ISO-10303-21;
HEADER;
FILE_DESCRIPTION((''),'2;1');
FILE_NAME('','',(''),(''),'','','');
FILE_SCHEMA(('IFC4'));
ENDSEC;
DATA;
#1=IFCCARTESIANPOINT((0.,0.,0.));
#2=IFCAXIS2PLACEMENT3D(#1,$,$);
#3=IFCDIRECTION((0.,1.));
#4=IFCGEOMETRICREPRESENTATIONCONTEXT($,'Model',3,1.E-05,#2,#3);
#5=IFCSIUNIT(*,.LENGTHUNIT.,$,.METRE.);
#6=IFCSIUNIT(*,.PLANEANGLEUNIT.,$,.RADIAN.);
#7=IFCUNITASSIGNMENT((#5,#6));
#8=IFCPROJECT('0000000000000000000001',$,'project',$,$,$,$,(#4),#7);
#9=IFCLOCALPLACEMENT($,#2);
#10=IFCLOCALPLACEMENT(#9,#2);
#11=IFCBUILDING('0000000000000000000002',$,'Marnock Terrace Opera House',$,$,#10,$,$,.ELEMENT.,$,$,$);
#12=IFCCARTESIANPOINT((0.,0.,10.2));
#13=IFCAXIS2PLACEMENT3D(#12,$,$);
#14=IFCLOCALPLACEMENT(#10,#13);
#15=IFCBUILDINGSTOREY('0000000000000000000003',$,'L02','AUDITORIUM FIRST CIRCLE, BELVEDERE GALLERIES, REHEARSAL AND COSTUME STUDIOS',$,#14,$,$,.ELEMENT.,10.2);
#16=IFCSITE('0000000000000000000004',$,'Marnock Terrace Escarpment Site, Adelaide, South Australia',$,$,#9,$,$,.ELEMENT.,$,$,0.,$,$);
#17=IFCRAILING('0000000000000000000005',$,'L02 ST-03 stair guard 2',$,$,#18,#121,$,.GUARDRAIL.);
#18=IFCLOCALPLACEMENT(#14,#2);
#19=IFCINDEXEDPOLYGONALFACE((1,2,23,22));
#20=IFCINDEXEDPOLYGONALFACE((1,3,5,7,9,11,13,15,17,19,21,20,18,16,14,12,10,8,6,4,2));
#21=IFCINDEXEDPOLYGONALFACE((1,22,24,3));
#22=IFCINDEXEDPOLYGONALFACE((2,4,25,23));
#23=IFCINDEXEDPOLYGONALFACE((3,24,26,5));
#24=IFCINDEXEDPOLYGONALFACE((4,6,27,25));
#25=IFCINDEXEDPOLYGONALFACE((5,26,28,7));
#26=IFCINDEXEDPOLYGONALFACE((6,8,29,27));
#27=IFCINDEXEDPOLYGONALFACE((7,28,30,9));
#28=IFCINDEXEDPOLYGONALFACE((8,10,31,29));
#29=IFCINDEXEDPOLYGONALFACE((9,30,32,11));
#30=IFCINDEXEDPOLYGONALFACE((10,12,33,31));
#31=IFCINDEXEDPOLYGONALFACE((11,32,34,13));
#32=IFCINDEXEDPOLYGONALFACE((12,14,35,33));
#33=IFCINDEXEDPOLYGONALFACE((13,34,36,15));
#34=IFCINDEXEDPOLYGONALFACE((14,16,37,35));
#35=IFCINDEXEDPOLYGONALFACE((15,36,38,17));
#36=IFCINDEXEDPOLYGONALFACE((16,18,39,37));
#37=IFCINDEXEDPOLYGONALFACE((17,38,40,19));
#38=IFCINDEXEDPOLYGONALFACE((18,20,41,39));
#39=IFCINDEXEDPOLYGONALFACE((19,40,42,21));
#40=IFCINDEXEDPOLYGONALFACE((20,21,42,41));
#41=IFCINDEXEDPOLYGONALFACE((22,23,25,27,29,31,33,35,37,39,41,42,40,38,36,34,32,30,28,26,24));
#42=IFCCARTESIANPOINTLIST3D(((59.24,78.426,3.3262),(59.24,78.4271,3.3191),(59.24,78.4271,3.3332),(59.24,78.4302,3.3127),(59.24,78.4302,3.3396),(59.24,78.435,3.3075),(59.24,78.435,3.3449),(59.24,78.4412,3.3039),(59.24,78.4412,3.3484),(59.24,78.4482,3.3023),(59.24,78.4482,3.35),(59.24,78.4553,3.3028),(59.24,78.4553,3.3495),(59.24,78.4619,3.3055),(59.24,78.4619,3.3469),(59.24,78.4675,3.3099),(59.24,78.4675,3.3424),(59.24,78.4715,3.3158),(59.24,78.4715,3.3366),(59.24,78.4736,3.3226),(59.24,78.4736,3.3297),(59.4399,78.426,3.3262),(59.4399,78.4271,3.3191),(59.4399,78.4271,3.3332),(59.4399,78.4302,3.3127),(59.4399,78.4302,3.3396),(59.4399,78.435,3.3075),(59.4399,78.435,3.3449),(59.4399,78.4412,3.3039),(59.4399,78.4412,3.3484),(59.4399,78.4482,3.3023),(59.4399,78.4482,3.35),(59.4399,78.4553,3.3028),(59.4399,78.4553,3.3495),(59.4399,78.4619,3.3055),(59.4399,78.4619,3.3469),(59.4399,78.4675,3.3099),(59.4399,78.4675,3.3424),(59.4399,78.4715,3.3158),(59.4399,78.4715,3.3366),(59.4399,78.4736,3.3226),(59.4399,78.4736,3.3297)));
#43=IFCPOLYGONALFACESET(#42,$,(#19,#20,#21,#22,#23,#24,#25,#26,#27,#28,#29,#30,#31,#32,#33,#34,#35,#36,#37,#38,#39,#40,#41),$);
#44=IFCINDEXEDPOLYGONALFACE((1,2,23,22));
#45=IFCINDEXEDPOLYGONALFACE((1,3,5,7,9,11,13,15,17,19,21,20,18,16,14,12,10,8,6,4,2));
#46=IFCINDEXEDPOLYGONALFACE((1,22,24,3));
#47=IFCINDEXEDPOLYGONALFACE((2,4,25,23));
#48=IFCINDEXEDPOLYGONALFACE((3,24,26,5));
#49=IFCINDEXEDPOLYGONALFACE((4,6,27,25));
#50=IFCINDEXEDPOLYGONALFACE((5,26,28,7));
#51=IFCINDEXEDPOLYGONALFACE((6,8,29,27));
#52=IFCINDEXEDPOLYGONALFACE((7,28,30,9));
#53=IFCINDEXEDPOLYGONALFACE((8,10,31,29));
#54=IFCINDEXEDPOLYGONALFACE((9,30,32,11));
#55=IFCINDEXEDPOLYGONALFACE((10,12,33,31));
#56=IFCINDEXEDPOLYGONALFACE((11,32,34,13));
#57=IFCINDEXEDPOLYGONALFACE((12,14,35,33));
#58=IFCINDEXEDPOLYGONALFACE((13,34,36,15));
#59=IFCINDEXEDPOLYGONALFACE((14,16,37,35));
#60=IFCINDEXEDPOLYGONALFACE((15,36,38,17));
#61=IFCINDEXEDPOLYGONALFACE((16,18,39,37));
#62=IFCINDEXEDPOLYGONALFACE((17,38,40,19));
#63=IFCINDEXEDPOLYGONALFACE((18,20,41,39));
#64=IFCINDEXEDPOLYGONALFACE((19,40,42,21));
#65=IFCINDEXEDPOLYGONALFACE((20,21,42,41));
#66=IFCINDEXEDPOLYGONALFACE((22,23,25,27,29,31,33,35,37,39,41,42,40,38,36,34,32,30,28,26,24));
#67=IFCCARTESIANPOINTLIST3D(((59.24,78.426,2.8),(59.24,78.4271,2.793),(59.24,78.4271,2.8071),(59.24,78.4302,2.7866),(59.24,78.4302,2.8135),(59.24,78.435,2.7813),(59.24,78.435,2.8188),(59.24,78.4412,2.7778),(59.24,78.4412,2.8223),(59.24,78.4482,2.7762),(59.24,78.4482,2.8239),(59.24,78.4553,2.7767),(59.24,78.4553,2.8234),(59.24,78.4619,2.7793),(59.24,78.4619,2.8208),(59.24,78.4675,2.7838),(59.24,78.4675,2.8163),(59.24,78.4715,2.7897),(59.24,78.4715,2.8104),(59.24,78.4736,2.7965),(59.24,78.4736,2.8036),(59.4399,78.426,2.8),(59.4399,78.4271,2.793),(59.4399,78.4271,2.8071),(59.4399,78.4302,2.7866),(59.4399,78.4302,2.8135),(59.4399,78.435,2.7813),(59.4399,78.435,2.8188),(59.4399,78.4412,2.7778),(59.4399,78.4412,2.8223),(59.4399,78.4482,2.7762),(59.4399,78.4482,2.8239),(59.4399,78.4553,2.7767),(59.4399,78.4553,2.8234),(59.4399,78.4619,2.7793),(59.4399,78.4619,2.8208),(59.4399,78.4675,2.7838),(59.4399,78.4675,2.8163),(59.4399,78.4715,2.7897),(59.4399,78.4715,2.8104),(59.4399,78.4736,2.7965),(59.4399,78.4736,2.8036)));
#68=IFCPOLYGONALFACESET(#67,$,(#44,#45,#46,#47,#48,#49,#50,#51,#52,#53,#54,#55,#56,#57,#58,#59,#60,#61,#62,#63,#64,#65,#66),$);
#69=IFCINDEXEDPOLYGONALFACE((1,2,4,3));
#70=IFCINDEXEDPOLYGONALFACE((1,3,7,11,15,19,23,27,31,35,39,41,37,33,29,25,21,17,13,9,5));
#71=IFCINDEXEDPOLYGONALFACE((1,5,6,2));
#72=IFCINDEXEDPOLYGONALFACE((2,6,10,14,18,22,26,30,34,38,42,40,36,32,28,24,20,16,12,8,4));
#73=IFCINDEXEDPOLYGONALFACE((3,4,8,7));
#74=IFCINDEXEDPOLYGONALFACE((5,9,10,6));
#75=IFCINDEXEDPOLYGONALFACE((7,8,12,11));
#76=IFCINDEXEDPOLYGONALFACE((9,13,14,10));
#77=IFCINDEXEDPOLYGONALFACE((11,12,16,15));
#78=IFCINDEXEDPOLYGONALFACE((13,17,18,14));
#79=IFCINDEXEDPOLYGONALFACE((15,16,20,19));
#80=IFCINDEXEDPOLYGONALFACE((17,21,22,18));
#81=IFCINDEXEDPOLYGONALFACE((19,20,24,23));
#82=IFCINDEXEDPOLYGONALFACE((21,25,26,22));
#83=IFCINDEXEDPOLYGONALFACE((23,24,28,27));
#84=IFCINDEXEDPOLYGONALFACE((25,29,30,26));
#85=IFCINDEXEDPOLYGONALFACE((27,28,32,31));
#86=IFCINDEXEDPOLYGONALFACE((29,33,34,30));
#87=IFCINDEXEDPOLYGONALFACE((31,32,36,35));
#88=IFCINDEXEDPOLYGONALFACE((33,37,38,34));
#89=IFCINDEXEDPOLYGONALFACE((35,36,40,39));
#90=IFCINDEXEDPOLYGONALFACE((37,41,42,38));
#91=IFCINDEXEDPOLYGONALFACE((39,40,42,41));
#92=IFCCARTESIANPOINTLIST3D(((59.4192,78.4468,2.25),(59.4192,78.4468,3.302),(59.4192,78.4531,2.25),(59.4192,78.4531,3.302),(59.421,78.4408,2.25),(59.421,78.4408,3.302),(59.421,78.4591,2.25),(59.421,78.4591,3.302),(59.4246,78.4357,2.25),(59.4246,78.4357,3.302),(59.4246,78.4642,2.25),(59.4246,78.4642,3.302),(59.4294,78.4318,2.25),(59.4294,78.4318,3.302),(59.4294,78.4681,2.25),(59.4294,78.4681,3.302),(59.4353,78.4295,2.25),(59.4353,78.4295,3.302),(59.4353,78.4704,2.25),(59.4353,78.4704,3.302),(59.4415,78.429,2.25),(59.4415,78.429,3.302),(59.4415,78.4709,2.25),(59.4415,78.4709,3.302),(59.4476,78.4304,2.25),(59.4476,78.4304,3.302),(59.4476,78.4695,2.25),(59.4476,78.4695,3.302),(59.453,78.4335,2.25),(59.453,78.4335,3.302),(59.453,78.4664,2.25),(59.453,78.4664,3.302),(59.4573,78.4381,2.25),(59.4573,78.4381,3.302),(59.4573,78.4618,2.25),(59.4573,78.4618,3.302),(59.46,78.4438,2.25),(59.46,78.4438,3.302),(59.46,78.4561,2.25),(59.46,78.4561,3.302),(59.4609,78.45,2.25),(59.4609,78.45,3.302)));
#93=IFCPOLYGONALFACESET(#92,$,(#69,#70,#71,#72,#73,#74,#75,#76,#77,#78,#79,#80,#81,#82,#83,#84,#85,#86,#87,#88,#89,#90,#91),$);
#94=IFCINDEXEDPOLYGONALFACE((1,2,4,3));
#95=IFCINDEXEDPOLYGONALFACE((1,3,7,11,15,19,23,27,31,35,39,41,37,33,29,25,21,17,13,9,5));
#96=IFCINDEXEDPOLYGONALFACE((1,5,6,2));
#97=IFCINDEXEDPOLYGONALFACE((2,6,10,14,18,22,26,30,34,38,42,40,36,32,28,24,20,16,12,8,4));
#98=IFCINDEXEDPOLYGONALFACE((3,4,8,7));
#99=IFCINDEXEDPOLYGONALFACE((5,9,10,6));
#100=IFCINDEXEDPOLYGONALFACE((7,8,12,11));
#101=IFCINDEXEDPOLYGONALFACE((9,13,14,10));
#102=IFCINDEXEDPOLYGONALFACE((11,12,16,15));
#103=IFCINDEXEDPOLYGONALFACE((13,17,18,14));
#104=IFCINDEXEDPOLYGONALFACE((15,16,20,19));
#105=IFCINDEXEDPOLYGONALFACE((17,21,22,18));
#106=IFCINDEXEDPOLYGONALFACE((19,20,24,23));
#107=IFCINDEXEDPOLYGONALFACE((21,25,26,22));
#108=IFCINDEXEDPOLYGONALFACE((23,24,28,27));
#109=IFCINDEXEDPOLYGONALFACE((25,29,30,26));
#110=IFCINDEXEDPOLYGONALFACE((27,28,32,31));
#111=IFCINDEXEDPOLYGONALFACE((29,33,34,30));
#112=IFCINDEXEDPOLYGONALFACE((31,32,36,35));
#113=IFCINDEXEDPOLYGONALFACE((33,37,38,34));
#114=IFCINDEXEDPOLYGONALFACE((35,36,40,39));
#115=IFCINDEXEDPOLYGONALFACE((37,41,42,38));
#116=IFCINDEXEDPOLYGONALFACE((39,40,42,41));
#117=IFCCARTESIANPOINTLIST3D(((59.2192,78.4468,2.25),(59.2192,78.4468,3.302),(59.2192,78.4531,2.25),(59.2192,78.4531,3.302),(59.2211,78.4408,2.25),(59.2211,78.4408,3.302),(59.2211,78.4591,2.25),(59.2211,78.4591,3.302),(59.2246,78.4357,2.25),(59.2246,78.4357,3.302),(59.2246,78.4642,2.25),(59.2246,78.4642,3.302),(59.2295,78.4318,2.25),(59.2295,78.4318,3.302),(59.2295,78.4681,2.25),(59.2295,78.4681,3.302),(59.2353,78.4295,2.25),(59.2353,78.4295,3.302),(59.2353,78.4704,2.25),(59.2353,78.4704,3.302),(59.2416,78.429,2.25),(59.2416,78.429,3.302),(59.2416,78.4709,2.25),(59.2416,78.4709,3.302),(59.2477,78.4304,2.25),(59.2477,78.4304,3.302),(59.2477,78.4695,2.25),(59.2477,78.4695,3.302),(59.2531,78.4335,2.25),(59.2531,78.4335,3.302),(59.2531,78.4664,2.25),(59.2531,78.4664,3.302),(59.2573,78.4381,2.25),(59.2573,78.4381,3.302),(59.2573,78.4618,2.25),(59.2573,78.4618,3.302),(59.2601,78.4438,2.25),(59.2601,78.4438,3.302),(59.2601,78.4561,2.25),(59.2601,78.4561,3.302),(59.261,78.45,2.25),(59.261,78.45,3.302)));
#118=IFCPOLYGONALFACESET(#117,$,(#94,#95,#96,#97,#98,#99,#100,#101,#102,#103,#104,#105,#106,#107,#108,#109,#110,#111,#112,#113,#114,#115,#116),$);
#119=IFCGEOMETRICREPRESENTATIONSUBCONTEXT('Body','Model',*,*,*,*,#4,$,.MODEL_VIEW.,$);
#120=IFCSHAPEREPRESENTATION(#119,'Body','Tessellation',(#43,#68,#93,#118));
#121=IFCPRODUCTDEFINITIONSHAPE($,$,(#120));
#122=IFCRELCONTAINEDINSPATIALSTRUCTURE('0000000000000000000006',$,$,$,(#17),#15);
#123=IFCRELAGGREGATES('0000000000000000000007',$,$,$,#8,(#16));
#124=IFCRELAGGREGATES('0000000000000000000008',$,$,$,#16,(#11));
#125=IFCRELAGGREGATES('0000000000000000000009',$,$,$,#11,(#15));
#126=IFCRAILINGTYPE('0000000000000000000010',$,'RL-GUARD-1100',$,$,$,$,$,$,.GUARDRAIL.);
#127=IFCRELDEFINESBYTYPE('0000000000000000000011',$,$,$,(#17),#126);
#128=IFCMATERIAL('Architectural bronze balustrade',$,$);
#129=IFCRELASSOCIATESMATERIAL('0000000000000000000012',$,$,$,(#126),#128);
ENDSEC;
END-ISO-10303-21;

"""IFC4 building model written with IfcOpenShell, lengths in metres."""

from ifc_helpers import new_model, si_unit, direction, frame, origin, origin_2d, place, context, subcontext, project, spatial, circle, extrude, material, type_object, element, save


model = new_model("IFC4")

# Units and contexts
model_context = context("Model", 3, precision=1e-05, world=origin(), true_north=direction((0.0, 1.0)))
body_context = subcontext(model_context, "Body", "Model", "MODEL_VIEW")
ifc_project = project(units=[si_unit("LENGTHUNIT", "METRE"), si_unit("PLANEANGLEUNIT", "RADIAN")], contexts=[model_context])

# Site, building, storey
site_placement = place(None, origin())
site = spatial("IfcSite", under=ifc_project, at=site_placement, Name="Marnock Terrace Escarpment Site, Adelaide, South Australia", CompositionType="ELEMENT", RefElevation=0.0)
building_placement = place(site_placement, origin())
building = spatial("IfcBuilding", under=site, at=building_placement, Name="Marnock Terrace Opera House", CompositionType="ELEMENT")
storey_placement = place(building_placement, frame((0.0, 0.0, 10.2)))
storey = spatial("IfcBuildingStorey", under=building, at=storey_placement, Name="L02", Description="AUDITORIUM FIRST CIRCLE, BELVEDERE GALLERIES, REHEARSAL AND COSTUME STUDIOS", CompositionType="ELEMENT", Elevation=10.2)

# Railing
ifc_material_1 = material(Name="Architectural bronze balustrade")
railing_type_1 = type_object("IfcRailingType", Name="RL-GUARD-1100", PredefinedType="GUARDRAIL", material=ifc_material_1)
railing_1_placement = place(storey_placement, frame((59.4399, 78.45, 2.25)))
element("IfcRailing", 1, at=railing_1_placement, inside=storey, type_object=railing_type_1, Name="L02 ST-03 stair guard 2", PredefinedType="GUARDRAIL", context=body_context, shape_type="SweptSolid", body=[
    extrude(circle(Radius=0.0239, at=origin_2d()), frame((0.0, 0.0, 1.0762), z_axis=(-1.0, 0.0, 0.0), x_axis=(0.0, -1.0, 0.0)), (0.0, 0.0, 1.0), 0.2),
    extrude(circle(Radius=0.0239, at=origin_2d()), frame((0.0, 0.0, 0.55), z_axis=(-1.0, 0.0, 0.0), x_axis=(0.0, -1.0, 0.0)), (0.0, 0.0, 1.0), 0.2),
    extrude(circle(Radius=0.021, at=origin_2d()), origin(), (0.0, 0.0, 1.0), 1.052),
    extrude(circle(Radius=0.021, at=origin_2d()), frame((-0.2, 0.0, 0.0)), (0.0, 0.0, 1.0), 1.052),
])

save(model, "model.ifc")
